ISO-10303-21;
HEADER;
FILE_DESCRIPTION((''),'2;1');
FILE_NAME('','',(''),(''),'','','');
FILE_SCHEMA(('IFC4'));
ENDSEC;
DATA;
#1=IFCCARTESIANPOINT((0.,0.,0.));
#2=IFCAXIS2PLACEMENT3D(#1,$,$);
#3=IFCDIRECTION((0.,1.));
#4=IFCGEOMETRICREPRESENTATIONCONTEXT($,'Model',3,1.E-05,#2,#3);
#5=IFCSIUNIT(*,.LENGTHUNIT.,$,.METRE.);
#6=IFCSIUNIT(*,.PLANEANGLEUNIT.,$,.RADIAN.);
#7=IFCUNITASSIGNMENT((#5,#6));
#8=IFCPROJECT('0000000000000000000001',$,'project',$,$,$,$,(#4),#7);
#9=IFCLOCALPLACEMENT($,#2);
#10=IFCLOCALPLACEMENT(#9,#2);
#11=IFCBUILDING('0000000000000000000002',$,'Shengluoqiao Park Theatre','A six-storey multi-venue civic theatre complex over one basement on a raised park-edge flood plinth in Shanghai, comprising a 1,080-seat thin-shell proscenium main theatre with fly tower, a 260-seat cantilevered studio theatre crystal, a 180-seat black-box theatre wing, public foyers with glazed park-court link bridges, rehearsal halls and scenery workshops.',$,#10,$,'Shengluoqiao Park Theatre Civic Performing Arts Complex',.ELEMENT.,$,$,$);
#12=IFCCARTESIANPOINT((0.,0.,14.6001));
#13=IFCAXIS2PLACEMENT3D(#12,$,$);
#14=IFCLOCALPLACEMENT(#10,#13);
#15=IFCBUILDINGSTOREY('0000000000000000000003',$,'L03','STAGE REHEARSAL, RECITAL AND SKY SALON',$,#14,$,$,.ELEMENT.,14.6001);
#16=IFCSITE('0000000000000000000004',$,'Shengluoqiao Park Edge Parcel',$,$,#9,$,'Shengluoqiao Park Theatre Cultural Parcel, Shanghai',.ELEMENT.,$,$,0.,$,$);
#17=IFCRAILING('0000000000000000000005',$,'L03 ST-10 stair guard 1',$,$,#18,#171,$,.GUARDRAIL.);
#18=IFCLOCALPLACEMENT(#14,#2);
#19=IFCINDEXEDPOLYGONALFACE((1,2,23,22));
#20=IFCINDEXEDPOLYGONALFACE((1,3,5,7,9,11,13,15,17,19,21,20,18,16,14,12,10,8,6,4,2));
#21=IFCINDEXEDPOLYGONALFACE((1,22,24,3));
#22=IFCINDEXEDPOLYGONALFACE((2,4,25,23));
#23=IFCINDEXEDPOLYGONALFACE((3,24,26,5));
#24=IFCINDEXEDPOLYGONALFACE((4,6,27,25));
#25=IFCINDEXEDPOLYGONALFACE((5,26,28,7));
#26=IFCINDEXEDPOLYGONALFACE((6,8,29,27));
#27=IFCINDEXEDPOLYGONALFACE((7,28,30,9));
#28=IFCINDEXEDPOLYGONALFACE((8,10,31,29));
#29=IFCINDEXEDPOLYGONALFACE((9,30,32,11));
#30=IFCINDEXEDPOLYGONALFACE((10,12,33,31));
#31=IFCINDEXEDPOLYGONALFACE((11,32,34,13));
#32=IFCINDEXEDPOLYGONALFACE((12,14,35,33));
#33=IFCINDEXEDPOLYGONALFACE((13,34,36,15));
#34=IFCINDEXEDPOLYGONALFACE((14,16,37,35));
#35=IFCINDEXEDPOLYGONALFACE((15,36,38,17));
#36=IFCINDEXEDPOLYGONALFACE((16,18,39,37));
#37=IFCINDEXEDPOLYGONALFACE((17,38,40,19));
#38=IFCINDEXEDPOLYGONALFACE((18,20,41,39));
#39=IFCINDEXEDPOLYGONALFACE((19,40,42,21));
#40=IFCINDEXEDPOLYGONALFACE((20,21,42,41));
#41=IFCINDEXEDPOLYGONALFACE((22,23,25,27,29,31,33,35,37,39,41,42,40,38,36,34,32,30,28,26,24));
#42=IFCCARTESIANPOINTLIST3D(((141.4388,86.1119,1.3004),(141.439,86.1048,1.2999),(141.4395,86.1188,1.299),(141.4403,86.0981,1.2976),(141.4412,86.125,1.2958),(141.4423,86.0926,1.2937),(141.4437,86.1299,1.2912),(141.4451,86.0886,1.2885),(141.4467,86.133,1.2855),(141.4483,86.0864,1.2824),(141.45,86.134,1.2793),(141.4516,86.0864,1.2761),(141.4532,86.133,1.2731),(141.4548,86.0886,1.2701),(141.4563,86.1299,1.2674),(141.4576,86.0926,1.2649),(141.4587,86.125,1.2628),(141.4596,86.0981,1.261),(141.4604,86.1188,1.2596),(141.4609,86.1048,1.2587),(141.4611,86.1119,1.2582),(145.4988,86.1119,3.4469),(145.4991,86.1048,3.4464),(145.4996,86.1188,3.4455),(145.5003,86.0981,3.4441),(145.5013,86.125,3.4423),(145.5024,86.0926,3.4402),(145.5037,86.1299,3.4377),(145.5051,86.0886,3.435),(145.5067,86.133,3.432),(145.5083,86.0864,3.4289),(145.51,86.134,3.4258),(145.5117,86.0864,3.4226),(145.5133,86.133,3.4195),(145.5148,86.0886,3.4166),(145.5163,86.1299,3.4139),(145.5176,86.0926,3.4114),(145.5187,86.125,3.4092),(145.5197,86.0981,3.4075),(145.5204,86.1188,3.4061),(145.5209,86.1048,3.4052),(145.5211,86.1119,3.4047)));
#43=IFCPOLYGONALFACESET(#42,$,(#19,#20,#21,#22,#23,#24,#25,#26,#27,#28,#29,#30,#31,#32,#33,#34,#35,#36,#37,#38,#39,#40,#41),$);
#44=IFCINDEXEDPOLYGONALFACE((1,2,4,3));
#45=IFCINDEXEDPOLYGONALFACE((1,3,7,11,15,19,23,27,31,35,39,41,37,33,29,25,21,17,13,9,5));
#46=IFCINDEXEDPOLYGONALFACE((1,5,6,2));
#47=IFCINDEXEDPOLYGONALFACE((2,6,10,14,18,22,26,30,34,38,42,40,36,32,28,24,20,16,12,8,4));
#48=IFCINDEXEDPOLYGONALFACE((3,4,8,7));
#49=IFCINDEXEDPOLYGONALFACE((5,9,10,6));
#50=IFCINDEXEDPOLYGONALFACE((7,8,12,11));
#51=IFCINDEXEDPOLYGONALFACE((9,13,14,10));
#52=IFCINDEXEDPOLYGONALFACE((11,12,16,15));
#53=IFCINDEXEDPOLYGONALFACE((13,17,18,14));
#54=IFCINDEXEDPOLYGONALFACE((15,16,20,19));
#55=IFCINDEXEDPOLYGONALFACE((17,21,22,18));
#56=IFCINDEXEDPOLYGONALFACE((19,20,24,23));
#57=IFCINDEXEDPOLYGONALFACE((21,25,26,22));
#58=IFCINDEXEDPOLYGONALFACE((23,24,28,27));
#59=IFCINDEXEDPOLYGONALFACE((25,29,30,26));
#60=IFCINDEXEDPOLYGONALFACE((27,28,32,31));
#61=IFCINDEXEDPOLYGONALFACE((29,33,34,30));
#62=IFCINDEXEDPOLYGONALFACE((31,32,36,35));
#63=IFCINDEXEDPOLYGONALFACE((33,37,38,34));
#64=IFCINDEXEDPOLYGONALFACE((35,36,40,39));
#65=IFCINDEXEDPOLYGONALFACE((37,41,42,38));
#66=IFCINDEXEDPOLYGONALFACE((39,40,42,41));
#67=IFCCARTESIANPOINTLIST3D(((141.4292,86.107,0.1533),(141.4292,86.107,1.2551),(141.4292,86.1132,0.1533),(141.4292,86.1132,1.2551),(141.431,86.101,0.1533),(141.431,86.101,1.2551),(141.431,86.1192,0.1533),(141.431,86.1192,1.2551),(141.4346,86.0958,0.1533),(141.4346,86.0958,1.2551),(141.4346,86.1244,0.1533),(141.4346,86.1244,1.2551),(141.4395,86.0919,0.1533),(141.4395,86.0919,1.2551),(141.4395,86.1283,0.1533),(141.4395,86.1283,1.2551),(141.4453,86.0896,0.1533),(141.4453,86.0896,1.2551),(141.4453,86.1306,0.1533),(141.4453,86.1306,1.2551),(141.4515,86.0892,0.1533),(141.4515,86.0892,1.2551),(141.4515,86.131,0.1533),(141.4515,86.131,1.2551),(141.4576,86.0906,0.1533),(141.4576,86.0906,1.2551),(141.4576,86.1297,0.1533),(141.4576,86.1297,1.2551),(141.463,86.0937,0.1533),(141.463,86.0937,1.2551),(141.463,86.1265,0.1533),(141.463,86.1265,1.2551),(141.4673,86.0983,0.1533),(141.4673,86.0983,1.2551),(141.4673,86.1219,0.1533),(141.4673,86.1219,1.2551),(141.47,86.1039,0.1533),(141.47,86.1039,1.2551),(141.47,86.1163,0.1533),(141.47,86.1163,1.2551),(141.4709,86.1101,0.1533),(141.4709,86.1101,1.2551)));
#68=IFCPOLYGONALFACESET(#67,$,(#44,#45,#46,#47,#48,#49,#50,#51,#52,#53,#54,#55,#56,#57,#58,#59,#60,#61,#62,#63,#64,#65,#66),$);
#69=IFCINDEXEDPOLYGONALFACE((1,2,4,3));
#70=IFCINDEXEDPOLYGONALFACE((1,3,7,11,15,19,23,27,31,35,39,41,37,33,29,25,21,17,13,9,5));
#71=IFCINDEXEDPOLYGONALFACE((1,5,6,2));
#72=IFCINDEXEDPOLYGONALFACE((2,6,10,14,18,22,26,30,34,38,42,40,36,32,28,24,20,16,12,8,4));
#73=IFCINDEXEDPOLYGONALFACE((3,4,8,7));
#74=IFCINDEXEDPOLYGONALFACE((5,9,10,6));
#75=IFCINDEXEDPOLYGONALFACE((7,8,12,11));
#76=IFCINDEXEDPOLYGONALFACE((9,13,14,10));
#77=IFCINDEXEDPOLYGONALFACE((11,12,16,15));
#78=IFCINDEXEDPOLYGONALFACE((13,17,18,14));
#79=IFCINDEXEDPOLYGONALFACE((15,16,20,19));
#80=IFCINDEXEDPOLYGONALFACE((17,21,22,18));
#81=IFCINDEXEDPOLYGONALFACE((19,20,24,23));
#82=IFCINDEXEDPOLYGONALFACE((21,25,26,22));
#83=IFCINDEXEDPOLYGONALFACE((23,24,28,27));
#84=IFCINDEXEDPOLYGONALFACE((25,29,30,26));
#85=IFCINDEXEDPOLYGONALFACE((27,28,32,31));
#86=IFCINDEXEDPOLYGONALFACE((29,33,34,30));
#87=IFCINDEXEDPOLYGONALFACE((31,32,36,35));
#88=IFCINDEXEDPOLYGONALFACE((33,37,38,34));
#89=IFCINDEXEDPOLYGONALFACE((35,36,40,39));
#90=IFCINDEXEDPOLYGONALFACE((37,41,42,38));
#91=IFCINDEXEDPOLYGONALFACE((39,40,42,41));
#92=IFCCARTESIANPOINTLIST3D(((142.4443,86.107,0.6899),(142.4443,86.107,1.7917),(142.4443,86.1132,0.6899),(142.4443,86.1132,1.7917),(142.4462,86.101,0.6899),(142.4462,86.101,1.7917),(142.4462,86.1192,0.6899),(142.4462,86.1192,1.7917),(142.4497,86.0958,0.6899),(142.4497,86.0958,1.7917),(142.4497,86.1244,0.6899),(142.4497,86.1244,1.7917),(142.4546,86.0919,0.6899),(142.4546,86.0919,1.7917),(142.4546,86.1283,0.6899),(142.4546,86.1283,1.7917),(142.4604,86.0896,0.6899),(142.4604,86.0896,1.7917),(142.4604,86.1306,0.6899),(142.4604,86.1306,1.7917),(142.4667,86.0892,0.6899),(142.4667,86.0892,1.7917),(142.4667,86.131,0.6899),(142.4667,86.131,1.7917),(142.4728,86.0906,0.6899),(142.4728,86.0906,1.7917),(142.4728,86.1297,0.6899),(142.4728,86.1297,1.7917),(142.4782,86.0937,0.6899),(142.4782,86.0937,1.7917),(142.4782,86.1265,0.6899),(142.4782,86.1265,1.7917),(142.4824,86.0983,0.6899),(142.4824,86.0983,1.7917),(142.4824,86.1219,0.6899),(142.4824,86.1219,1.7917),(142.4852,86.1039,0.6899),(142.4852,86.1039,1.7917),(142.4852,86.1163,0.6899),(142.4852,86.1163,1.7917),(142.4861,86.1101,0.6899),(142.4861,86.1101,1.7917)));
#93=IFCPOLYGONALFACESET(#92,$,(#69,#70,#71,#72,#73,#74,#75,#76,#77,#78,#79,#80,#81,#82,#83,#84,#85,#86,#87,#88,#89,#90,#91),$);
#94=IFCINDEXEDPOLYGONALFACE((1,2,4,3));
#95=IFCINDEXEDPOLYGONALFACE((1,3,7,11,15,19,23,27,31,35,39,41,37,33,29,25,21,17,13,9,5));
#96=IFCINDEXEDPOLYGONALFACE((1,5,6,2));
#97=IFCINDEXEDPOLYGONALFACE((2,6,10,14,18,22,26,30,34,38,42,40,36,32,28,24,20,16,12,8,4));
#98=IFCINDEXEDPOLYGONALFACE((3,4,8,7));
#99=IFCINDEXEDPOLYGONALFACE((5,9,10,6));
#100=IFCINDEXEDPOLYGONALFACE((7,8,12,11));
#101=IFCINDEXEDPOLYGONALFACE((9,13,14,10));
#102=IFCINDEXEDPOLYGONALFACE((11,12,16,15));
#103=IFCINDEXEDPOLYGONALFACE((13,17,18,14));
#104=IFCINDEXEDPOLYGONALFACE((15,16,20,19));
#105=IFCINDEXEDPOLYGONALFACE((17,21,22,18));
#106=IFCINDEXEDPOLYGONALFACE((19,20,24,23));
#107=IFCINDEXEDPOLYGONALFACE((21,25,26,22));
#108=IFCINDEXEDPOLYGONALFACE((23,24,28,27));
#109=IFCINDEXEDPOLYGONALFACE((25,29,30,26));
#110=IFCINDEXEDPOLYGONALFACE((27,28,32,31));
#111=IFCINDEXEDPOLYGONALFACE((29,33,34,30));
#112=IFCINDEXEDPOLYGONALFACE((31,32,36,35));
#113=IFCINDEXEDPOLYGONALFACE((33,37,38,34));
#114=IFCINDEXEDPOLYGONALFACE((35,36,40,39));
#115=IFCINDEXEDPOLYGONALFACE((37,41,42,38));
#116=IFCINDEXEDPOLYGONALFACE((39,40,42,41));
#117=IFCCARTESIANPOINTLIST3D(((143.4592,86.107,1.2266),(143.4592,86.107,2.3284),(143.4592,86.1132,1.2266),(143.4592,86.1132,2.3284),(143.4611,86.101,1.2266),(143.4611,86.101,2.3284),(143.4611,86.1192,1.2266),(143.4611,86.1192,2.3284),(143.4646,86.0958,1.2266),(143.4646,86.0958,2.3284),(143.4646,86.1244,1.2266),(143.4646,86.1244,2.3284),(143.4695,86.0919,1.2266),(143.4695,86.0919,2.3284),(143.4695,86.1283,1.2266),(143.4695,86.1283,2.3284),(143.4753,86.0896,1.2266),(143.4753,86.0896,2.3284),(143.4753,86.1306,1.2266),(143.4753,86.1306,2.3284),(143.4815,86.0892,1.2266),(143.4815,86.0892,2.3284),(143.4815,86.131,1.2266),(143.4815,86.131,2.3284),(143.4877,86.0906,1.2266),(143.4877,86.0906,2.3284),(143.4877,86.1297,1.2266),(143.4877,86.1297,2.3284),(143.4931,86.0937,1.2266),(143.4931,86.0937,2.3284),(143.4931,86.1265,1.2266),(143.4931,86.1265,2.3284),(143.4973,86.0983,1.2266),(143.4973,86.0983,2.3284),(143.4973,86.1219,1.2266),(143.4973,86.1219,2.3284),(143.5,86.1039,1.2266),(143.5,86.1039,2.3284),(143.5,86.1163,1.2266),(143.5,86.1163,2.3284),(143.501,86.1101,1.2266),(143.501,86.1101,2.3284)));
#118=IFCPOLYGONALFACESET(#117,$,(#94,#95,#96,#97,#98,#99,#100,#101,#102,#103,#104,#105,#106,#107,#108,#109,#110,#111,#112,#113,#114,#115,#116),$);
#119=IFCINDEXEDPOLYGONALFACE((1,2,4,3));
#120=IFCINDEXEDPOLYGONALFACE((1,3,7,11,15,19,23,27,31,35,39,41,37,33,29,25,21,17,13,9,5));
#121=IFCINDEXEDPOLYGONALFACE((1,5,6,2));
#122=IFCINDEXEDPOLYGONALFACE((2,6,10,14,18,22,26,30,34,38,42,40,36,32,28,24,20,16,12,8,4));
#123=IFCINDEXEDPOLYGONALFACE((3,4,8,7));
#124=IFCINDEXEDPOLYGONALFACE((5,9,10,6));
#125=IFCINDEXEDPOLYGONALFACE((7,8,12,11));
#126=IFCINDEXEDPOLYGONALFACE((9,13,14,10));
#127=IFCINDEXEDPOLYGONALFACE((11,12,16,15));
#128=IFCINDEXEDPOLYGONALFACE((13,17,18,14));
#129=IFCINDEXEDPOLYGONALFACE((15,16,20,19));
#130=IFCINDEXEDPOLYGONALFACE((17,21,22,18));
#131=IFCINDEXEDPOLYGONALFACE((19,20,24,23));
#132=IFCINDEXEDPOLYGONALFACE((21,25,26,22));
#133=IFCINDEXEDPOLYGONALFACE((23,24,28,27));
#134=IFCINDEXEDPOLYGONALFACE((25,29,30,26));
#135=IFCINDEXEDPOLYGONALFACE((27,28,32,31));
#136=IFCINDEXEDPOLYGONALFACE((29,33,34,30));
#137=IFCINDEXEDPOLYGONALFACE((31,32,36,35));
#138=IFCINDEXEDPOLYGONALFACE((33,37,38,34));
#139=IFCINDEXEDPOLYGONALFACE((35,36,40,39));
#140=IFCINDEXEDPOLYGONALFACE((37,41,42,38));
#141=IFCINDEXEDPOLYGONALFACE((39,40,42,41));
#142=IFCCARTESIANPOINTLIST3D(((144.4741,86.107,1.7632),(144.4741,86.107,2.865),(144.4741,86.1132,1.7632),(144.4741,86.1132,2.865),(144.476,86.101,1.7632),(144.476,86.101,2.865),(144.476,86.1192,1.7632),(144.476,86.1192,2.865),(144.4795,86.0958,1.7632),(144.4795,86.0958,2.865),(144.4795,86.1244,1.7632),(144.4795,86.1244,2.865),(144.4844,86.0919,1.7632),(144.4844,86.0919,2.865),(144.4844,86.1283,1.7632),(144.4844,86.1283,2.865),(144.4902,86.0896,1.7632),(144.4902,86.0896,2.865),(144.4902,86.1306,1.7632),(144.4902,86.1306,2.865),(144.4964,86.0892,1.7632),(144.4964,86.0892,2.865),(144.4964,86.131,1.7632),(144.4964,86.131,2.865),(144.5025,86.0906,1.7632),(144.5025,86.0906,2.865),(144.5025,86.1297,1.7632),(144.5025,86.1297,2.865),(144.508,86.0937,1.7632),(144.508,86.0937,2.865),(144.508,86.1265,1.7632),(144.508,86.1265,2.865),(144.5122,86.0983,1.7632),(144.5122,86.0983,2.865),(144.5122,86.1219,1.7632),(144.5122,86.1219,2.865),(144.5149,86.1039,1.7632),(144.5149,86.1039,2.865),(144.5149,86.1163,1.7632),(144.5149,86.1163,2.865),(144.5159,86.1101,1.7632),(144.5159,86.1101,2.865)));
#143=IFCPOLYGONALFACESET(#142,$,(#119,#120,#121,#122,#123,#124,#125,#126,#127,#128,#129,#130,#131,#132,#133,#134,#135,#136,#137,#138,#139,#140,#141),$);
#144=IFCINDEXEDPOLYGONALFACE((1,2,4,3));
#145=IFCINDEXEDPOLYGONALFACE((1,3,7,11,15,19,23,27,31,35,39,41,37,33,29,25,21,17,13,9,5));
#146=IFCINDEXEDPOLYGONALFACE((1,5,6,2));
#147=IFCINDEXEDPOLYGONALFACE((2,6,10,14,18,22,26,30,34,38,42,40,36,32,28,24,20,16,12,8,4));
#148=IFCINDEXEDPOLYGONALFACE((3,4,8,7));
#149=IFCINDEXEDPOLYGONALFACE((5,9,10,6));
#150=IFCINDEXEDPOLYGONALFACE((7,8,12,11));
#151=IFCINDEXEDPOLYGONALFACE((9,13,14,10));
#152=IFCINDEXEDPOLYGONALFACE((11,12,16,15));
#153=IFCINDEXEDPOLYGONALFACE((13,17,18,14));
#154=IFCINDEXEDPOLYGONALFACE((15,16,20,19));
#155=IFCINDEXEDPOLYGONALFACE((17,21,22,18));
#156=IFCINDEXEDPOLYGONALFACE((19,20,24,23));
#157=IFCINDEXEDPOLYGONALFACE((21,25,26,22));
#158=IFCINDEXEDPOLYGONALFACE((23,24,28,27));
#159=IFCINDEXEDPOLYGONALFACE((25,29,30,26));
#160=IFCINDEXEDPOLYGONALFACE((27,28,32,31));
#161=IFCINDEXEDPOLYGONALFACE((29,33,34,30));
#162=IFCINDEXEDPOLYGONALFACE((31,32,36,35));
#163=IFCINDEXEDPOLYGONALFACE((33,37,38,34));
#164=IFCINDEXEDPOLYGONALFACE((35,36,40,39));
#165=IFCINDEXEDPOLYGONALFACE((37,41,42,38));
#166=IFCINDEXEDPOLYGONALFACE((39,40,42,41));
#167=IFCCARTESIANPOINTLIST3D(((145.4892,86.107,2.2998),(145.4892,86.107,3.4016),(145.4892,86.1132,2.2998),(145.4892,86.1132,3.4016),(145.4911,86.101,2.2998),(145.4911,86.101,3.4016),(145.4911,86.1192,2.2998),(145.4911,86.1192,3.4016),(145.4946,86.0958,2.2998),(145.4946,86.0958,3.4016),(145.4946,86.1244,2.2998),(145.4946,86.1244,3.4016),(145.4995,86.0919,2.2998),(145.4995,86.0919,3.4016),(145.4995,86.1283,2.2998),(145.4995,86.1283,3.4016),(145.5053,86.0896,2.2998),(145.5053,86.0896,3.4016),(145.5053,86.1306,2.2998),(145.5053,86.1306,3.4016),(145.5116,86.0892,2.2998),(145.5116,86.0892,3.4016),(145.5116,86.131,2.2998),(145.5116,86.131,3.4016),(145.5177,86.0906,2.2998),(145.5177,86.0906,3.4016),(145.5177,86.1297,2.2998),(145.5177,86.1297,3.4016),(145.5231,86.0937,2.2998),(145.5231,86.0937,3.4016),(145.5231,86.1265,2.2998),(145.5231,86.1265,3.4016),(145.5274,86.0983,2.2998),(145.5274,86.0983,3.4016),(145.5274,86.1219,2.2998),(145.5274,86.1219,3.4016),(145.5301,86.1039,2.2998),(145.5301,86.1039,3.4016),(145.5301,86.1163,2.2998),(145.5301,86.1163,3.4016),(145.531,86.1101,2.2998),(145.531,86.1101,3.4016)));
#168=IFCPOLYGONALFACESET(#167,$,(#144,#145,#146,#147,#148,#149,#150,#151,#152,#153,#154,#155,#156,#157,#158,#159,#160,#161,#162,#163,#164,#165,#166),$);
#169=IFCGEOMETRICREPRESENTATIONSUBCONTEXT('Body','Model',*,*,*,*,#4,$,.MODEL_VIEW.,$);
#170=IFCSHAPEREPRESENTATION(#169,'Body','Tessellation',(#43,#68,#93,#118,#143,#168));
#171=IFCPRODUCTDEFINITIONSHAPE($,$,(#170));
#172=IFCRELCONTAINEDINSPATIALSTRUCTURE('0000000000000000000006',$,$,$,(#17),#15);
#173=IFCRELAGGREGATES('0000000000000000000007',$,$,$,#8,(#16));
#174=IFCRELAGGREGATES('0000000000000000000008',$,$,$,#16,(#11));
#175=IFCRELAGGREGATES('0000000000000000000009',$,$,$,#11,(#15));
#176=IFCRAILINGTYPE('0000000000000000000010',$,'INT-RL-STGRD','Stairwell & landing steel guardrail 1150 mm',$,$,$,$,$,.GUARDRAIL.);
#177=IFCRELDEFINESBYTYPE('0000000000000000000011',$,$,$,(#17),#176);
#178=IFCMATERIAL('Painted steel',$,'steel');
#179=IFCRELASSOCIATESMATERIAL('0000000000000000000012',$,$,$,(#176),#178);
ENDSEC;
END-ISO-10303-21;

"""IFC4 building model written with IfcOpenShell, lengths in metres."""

from ifc_helpers import new_model, si_unit, direction, frame, origin, origin_2d, place, context, subcontext, project, spatial, circle, extrude, material, type_object, element, save


model = new_model("IFC4")

# Units and contexts
model_context = context("Model", 3, precision=1e-05, world=origin(), true_north=direction((0.0, 1.0)))
body_context = subcontext(model_context, "Body", "Model", "MODEL_VIEW")
ifc_project = project(units=[si_unit("LENGTHUNIT", "METRE"), si_unit("PLANEANGLEUNIT", "RADIAN")], contexts=[model_context])

# Site, building, storey
site_placement = place(None, origin())
site = spatial("IfcSite", under=ifc_project, at=site_placement, Name="Shengluoqiao Park Edge Parcel", LongName="Shengluoqiao Park Theatre Cultural Parcel, Shanghai", CompositionType="ELEMENT", RefElevation=0.0)
building_placement = place(site_placement, origin())
building = spatial("IfcBuilding", under=site, at=building_placement, Name="Shengluoqiao Park Theatre", Description="A six-storey multi-venue civic theatre complex over one basement on a raised park-edge flood plinth in Shanghai, comprising a 1,080-seat thin-shell proscenium main theatre with fly tower, a 260-seat cantilevered studio theatre crystal, a 180-seat black-box theatre wing, public foyers with glazed park-court link bridges, rehearsal halls and scenery workshops.", LongName="Shengluoqiao Park Theatre Civic Performing Arts Complex", CompositionType="ELEMENT")
storey_placement = place(building_placement, frame((0.0, 0.0, 14.6001)))
storey = spatial("IfcBuildingStorey", under=building, at=storey_placement, Name="L03", Description="STAGE REHEARSAL, RECITAL AND SKY SALON", CompositionType="ELEMENT", Elevation=14.6001)

# Railing
ifc_material_1 = material(Name="Painted steel", Category="steel")
railing_type_1 = type_object("IfcRailingType", Name="INT-RL-STGRD", Description="Stairwell & landing steel guardrail 1150 mm", PredefinedType="GUARDRAIL", material=ifc_material_1)
railing_1_placement = place(storey_placement, frame((141.45, 86.1101, 0.1533)))
element("IfcRailing", 1, at=railing_1_placement, inside=storey, type_object=railing_type_1, Name="L03 ST-10 stair guard 1", PredefinedType="GUARDRAIL", context=body_context, shape_type="SweptSolid", body=[
    extrude(circle(Radius=0.0239, at=origin_2d()), frame((0.0, 0.0, 1.126), z_axis=(0.884054, 0.0, 0.467384), x_axis=(0.0, 1.0, 0.0)), (0.0, 0.0, 1.0), 4.5925),
    extrude(circle(Radius=0.021, at=origin_2d()), origin(), (0.0, 0.0, 1.0), 1.1018),
    extrude(circle(Radius=0.021, at=origin_2d()), frame((1.0151, 0.0, 0.5366)), (0.0, 0.0, 1.0), 1.1018),
    extrude(circle(Radius=0.021, at=origin_2d()), frame((2.03, 0.0, 1.0732)), (0.0, 0.0, 1.0), 1.1018),
    extrude(circle(Radius=0.021, at=origin_2d()), frame((3.0449, 0.0, 1.6099)), (0.0, 0.0, 1.0), 1.1018),
    extrude(circle(Radius=0.021, at=origin_2d()), frame((4.0601, 0.0, 2.1465)), (0.0, 0.0, 1.0), 1.1018),
])

save(model, "model.ifc")
